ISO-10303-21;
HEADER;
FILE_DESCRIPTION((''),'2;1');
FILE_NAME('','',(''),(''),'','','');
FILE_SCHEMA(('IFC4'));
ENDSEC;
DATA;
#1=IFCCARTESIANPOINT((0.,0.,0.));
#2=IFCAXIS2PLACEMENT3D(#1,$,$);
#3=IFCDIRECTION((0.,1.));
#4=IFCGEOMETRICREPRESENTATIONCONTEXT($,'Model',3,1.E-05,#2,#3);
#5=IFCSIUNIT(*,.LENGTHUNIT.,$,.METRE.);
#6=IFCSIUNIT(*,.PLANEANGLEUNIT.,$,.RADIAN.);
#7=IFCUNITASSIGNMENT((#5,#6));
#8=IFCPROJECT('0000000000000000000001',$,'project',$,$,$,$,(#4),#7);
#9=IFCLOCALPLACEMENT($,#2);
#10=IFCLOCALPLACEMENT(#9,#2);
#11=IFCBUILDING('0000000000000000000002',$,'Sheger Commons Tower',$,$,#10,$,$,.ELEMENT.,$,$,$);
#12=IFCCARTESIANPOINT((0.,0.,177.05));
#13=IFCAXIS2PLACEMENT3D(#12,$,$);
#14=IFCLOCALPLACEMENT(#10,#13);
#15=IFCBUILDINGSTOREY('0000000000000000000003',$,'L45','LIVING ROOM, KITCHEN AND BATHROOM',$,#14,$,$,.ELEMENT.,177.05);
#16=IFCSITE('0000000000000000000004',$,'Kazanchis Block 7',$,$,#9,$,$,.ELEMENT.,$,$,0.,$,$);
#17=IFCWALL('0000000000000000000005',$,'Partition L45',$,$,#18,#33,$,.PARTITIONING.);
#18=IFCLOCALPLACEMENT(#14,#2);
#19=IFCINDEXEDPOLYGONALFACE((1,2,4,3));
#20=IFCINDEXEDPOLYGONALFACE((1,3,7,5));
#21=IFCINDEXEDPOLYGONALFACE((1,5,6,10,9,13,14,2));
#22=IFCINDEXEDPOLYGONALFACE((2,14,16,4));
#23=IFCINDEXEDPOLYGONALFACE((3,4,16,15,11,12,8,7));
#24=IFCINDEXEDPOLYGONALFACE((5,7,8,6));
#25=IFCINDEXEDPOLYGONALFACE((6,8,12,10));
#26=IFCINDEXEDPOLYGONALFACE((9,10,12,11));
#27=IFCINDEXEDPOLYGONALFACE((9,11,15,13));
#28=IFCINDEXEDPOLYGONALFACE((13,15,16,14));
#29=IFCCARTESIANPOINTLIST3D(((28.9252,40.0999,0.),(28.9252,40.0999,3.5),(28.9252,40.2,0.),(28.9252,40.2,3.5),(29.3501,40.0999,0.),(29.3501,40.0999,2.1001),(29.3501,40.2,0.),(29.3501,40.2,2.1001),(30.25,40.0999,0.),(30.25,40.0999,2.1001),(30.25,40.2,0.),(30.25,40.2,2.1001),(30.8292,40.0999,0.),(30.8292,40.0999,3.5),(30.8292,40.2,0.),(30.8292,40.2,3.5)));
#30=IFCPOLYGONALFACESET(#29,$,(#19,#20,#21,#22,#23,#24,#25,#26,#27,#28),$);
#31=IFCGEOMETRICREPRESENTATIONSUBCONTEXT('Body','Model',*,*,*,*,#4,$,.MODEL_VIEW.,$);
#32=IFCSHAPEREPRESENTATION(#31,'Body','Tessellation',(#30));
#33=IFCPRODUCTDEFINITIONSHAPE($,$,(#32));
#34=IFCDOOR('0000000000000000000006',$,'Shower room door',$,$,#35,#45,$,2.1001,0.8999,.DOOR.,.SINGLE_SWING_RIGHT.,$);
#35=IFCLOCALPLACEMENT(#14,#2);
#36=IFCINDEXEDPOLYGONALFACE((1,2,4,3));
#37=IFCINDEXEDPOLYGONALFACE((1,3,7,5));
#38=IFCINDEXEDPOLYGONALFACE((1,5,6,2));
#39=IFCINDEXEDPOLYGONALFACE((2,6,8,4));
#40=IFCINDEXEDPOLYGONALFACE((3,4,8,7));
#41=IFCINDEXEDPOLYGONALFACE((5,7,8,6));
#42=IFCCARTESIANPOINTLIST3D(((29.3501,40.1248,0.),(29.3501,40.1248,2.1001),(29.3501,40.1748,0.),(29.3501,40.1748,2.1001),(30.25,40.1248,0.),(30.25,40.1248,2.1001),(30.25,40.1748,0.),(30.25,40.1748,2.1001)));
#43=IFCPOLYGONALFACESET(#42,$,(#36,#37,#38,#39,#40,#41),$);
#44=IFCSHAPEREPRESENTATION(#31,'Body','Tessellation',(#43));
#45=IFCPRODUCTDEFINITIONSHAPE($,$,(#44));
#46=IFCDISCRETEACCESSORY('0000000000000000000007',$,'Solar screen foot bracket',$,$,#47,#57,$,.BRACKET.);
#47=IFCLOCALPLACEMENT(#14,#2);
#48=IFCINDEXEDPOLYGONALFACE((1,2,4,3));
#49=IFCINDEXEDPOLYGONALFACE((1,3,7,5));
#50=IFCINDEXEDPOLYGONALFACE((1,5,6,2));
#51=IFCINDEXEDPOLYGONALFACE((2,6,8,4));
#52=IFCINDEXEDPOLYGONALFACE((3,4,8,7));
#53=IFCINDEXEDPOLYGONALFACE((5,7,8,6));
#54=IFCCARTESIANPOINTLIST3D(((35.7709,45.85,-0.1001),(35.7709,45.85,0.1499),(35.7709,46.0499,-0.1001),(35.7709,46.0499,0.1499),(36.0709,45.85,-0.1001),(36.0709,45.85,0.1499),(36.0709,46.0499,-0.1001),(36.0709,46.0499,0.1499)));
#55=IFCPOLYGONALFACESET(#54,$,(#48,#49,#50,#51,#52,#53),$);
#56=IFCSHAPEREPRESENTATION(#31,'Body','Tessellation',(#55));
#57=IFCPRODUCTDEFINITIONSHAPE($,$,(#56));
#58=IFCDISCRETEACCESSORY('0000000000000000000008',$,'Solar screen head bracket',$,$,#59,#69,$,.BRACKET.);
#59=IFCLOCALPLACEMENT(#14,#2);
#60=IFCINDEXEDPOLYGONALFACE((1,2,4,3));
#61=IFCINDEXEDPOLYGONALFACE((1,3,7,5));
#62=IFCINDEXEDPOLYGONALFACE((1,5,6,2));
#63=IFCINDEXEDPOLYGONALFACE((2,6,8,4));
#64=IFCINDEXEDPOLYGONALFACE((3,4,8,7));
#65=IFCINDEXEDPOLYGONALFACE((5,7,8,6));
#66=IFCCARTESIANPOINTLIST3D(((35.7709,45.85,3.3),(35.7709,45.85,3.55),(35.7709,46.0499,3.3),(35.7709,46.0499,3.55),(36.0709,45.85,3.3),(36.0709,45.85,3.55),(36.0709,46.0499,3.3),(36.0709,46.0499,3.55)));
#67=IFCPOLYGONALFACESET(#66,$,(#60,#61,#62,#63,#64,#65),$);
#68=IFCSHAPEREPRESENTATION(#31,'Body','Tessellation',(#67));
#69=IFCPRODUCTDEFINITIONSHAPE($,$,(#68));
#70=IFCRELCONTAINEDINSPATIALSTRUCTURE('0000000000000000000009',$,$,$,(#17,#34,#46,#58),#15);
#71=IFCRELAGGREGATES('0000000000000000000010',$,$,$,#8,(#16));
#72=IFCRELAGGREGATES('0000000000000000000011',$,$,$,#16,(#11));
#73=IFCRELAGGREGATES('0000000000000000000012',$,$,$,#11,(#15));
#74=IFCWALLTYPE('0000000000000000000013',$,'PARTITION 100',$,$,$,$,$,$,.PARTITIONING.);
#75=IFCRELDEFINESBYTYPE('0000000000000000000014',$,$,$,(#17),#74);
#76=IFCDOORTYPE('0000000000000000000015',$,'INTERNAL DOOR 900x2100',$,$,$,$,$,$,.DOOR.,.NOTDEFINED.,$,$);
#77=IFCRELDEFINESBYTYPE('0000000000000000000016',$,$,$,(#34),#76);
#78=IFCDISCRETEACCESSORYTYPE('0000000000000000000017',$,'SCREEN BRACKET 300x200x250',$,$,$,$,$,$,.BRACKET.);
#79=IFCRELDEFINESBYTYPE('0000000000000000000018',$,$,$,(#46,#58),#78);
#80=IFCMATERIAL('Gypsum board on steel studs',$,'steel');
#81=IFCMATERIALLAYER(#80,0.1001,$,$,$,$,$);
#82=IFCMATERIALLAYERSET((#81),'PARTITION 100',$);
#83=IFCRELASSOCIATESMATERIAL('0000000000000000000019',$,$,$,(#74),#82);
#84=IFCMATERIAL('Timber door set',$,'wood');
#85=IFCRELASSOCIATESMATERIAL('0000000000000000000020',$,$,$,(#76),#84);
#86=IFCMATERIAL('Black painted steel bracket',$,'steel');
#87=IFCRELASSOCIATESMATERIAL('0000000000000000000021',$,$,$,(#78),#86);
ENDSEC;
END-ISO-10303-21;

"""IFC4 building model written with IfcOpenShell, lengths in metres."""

from ifc_helpers import new_model, si_unit, direction, frame, frame_2d, origin, origin_2d, place, context, subcontext, project, spatial, rectangle, extrude, material, layer, layer_set, type_object, element, fill, save


model = new_model("IFC4")

# Units and contexts
model_context = context("Model", 3, precision=1e-05, world=origin(), true_north=direction((0.0, 1.0)))
body_context = subcontext(model_context, "Body", "Model", "MODEL_VIEW")
ifc_project = project(units=[si_unit("LENGTHUNIT", "METRE"), si_unit("PLANEANGLEUNIT", "RADIAN")], contexts=[model_context])

# Site, building, storey
site_placement = place(None, origin())
site = spatial("IfcSite", under=ifc_project, at=site_placement, Name="Kazanchis Block 7", CompositionType="ELEMENT", RefElevation=0.0)
building_placement = place(site_placement, origin())
building = spatial("IfcBuilding", under=site, at=building_placement, Name="Sheger Commons Tower", CompositionType="ELEMENT")
storey_placement = place(building_placement, frame((0.0, 0.0, 177.05)))
storey = spatial("IfcBuildingStorey", under=building, at=storey_placement, Name="L45", Description="LIVING ROOM, KITCHEN AND BATHROOM", CompositionType="ELEMENT", Elevation=177.05)

# Shared definitions
ifc_material_1 = material(Name="Gypsum board on steel studs", Category="steel")
ifc_layer_1 = layer(ifc_material_1, 0.1001)
ifc_layer_set_1 = layer_set([ifc_layer_1], Name="PARTITION 100")
wall_type_1 = type_object("IfcWallType", Name="PARTITION 100", PredefinedType="PARTITIONING", material=ifc_layer_set_1)

# Wall, opening, door
wall_1_placement = place(storey_placement, frame((28.925, 40.1499, 0.0), z_axis=(0.0, 0.0, 1.0), x_axis=(1.0, 0.0, 0.0)))
wall_1 = element("IfcWall", 1, at=wall_1_placement, inside=storey, type_object=wall_type_1, Name="Partition L45", PredefinedType="PARTITIONING", context=body_context, shape_type="SweptSolid", body=[
    extrude(rectangle(XDim=1.9041, YDim=0.1001, at=frame_2d((0.9521, 0.0))), origin(), (0.0, 0.0, 1.0), 3.5),
])
opening_1_placement = place(wall_1_placement, frame((0.425, 0.0, 0.0)))
opening_1 = element("IfcOpeningElement", 2, at=opening_1_placement, cuts=wall_1, PredefinedType="OPENING", context=body_context, shape_type="SweptSolid", body=[
    extrude(rectangle(XDim=0.8999, YDim=2.1001, at=frame_2d((0.45, 1.05))), frame((0.0, 0.0601, 0.0), z_axis=(0.0, -1.0, 0.0), x_axis=(1.0, 0.0, 0.0)), (0.0, 0.0, 1.0), 0.1201),
])
ifc_material_2 = material(Name="Timber door set", Category="wood")
door_type_1 = type_object("IfcDoorType", Name="INTERNAL DOOR 900x2100", OperationType="NOTDEFINED", PredefinedType="DOOR", material=ifc_material_2)
door_1_placement = place(opening_1_placement, origin())
door_1 = element("IfcDoor", 3, at=door_1_placement, inside=storey, type_object=door_type_1, Name="Shower room door", OperationType="SINGLE_SWING_RIGHT", OverallHeight=2.1001, OverallWidth=0.8999, PredefinedType="DOOR", context=body_context, shape_type="SweptSolid", body=[
    extrude(rectangle(XDim=0.8999, YDim=2.1001, at=frame_2d((0.45, 1.05))), frame((0.0, 0.0249, 0.0), z_axis=(0.0, -1.0, 0.0), x_axis=(1.0, 0.0, 0.0)), (0.0, 0.0, 1.0), 0.05),
])
fill(opening_1, door_1)

# Discrete accessories
ifc_material_3 = material(Name="Black painted steel bracket", Category="steel")
discrete_accessory_type = type_object("IfcDiscreteAccessoryType", Name="SCREEN BRACKET 300x200x250", PredefinedType="BRACKET", material=ifc_material_3)
for number, where, z_axis, x_axis, name in (
    (4, (35.9209, 45.95, -0.1001), (0.0, 0.0, 1.0), (-1.0, 0.0, 0.0), "Solar screen foot bracket"),
    (5, (35.9209, 45.95, 3.3), (0.0, 0.0, 1.0), (-1.0, 0.0, 0.0), "Solar screen head bracket"),
):
    element("IfcDiscreteAccessory", number, at=place(storey_placement, frame(where, z_axis=z_axis, x_axis=x_axis)), inside=storey, type_object=discrete_accessory_type, Name=name, PredefinedType="BRACKET", context=body_context, shape_type="SweptSolid", body=[
        extrude(rectangle(XDim=0.3, YDim=0.2, at=origin_2d()), origin(), (0.0, 0.0, 1.0), 0.25),
    ])

save(model, "model.ifc")
